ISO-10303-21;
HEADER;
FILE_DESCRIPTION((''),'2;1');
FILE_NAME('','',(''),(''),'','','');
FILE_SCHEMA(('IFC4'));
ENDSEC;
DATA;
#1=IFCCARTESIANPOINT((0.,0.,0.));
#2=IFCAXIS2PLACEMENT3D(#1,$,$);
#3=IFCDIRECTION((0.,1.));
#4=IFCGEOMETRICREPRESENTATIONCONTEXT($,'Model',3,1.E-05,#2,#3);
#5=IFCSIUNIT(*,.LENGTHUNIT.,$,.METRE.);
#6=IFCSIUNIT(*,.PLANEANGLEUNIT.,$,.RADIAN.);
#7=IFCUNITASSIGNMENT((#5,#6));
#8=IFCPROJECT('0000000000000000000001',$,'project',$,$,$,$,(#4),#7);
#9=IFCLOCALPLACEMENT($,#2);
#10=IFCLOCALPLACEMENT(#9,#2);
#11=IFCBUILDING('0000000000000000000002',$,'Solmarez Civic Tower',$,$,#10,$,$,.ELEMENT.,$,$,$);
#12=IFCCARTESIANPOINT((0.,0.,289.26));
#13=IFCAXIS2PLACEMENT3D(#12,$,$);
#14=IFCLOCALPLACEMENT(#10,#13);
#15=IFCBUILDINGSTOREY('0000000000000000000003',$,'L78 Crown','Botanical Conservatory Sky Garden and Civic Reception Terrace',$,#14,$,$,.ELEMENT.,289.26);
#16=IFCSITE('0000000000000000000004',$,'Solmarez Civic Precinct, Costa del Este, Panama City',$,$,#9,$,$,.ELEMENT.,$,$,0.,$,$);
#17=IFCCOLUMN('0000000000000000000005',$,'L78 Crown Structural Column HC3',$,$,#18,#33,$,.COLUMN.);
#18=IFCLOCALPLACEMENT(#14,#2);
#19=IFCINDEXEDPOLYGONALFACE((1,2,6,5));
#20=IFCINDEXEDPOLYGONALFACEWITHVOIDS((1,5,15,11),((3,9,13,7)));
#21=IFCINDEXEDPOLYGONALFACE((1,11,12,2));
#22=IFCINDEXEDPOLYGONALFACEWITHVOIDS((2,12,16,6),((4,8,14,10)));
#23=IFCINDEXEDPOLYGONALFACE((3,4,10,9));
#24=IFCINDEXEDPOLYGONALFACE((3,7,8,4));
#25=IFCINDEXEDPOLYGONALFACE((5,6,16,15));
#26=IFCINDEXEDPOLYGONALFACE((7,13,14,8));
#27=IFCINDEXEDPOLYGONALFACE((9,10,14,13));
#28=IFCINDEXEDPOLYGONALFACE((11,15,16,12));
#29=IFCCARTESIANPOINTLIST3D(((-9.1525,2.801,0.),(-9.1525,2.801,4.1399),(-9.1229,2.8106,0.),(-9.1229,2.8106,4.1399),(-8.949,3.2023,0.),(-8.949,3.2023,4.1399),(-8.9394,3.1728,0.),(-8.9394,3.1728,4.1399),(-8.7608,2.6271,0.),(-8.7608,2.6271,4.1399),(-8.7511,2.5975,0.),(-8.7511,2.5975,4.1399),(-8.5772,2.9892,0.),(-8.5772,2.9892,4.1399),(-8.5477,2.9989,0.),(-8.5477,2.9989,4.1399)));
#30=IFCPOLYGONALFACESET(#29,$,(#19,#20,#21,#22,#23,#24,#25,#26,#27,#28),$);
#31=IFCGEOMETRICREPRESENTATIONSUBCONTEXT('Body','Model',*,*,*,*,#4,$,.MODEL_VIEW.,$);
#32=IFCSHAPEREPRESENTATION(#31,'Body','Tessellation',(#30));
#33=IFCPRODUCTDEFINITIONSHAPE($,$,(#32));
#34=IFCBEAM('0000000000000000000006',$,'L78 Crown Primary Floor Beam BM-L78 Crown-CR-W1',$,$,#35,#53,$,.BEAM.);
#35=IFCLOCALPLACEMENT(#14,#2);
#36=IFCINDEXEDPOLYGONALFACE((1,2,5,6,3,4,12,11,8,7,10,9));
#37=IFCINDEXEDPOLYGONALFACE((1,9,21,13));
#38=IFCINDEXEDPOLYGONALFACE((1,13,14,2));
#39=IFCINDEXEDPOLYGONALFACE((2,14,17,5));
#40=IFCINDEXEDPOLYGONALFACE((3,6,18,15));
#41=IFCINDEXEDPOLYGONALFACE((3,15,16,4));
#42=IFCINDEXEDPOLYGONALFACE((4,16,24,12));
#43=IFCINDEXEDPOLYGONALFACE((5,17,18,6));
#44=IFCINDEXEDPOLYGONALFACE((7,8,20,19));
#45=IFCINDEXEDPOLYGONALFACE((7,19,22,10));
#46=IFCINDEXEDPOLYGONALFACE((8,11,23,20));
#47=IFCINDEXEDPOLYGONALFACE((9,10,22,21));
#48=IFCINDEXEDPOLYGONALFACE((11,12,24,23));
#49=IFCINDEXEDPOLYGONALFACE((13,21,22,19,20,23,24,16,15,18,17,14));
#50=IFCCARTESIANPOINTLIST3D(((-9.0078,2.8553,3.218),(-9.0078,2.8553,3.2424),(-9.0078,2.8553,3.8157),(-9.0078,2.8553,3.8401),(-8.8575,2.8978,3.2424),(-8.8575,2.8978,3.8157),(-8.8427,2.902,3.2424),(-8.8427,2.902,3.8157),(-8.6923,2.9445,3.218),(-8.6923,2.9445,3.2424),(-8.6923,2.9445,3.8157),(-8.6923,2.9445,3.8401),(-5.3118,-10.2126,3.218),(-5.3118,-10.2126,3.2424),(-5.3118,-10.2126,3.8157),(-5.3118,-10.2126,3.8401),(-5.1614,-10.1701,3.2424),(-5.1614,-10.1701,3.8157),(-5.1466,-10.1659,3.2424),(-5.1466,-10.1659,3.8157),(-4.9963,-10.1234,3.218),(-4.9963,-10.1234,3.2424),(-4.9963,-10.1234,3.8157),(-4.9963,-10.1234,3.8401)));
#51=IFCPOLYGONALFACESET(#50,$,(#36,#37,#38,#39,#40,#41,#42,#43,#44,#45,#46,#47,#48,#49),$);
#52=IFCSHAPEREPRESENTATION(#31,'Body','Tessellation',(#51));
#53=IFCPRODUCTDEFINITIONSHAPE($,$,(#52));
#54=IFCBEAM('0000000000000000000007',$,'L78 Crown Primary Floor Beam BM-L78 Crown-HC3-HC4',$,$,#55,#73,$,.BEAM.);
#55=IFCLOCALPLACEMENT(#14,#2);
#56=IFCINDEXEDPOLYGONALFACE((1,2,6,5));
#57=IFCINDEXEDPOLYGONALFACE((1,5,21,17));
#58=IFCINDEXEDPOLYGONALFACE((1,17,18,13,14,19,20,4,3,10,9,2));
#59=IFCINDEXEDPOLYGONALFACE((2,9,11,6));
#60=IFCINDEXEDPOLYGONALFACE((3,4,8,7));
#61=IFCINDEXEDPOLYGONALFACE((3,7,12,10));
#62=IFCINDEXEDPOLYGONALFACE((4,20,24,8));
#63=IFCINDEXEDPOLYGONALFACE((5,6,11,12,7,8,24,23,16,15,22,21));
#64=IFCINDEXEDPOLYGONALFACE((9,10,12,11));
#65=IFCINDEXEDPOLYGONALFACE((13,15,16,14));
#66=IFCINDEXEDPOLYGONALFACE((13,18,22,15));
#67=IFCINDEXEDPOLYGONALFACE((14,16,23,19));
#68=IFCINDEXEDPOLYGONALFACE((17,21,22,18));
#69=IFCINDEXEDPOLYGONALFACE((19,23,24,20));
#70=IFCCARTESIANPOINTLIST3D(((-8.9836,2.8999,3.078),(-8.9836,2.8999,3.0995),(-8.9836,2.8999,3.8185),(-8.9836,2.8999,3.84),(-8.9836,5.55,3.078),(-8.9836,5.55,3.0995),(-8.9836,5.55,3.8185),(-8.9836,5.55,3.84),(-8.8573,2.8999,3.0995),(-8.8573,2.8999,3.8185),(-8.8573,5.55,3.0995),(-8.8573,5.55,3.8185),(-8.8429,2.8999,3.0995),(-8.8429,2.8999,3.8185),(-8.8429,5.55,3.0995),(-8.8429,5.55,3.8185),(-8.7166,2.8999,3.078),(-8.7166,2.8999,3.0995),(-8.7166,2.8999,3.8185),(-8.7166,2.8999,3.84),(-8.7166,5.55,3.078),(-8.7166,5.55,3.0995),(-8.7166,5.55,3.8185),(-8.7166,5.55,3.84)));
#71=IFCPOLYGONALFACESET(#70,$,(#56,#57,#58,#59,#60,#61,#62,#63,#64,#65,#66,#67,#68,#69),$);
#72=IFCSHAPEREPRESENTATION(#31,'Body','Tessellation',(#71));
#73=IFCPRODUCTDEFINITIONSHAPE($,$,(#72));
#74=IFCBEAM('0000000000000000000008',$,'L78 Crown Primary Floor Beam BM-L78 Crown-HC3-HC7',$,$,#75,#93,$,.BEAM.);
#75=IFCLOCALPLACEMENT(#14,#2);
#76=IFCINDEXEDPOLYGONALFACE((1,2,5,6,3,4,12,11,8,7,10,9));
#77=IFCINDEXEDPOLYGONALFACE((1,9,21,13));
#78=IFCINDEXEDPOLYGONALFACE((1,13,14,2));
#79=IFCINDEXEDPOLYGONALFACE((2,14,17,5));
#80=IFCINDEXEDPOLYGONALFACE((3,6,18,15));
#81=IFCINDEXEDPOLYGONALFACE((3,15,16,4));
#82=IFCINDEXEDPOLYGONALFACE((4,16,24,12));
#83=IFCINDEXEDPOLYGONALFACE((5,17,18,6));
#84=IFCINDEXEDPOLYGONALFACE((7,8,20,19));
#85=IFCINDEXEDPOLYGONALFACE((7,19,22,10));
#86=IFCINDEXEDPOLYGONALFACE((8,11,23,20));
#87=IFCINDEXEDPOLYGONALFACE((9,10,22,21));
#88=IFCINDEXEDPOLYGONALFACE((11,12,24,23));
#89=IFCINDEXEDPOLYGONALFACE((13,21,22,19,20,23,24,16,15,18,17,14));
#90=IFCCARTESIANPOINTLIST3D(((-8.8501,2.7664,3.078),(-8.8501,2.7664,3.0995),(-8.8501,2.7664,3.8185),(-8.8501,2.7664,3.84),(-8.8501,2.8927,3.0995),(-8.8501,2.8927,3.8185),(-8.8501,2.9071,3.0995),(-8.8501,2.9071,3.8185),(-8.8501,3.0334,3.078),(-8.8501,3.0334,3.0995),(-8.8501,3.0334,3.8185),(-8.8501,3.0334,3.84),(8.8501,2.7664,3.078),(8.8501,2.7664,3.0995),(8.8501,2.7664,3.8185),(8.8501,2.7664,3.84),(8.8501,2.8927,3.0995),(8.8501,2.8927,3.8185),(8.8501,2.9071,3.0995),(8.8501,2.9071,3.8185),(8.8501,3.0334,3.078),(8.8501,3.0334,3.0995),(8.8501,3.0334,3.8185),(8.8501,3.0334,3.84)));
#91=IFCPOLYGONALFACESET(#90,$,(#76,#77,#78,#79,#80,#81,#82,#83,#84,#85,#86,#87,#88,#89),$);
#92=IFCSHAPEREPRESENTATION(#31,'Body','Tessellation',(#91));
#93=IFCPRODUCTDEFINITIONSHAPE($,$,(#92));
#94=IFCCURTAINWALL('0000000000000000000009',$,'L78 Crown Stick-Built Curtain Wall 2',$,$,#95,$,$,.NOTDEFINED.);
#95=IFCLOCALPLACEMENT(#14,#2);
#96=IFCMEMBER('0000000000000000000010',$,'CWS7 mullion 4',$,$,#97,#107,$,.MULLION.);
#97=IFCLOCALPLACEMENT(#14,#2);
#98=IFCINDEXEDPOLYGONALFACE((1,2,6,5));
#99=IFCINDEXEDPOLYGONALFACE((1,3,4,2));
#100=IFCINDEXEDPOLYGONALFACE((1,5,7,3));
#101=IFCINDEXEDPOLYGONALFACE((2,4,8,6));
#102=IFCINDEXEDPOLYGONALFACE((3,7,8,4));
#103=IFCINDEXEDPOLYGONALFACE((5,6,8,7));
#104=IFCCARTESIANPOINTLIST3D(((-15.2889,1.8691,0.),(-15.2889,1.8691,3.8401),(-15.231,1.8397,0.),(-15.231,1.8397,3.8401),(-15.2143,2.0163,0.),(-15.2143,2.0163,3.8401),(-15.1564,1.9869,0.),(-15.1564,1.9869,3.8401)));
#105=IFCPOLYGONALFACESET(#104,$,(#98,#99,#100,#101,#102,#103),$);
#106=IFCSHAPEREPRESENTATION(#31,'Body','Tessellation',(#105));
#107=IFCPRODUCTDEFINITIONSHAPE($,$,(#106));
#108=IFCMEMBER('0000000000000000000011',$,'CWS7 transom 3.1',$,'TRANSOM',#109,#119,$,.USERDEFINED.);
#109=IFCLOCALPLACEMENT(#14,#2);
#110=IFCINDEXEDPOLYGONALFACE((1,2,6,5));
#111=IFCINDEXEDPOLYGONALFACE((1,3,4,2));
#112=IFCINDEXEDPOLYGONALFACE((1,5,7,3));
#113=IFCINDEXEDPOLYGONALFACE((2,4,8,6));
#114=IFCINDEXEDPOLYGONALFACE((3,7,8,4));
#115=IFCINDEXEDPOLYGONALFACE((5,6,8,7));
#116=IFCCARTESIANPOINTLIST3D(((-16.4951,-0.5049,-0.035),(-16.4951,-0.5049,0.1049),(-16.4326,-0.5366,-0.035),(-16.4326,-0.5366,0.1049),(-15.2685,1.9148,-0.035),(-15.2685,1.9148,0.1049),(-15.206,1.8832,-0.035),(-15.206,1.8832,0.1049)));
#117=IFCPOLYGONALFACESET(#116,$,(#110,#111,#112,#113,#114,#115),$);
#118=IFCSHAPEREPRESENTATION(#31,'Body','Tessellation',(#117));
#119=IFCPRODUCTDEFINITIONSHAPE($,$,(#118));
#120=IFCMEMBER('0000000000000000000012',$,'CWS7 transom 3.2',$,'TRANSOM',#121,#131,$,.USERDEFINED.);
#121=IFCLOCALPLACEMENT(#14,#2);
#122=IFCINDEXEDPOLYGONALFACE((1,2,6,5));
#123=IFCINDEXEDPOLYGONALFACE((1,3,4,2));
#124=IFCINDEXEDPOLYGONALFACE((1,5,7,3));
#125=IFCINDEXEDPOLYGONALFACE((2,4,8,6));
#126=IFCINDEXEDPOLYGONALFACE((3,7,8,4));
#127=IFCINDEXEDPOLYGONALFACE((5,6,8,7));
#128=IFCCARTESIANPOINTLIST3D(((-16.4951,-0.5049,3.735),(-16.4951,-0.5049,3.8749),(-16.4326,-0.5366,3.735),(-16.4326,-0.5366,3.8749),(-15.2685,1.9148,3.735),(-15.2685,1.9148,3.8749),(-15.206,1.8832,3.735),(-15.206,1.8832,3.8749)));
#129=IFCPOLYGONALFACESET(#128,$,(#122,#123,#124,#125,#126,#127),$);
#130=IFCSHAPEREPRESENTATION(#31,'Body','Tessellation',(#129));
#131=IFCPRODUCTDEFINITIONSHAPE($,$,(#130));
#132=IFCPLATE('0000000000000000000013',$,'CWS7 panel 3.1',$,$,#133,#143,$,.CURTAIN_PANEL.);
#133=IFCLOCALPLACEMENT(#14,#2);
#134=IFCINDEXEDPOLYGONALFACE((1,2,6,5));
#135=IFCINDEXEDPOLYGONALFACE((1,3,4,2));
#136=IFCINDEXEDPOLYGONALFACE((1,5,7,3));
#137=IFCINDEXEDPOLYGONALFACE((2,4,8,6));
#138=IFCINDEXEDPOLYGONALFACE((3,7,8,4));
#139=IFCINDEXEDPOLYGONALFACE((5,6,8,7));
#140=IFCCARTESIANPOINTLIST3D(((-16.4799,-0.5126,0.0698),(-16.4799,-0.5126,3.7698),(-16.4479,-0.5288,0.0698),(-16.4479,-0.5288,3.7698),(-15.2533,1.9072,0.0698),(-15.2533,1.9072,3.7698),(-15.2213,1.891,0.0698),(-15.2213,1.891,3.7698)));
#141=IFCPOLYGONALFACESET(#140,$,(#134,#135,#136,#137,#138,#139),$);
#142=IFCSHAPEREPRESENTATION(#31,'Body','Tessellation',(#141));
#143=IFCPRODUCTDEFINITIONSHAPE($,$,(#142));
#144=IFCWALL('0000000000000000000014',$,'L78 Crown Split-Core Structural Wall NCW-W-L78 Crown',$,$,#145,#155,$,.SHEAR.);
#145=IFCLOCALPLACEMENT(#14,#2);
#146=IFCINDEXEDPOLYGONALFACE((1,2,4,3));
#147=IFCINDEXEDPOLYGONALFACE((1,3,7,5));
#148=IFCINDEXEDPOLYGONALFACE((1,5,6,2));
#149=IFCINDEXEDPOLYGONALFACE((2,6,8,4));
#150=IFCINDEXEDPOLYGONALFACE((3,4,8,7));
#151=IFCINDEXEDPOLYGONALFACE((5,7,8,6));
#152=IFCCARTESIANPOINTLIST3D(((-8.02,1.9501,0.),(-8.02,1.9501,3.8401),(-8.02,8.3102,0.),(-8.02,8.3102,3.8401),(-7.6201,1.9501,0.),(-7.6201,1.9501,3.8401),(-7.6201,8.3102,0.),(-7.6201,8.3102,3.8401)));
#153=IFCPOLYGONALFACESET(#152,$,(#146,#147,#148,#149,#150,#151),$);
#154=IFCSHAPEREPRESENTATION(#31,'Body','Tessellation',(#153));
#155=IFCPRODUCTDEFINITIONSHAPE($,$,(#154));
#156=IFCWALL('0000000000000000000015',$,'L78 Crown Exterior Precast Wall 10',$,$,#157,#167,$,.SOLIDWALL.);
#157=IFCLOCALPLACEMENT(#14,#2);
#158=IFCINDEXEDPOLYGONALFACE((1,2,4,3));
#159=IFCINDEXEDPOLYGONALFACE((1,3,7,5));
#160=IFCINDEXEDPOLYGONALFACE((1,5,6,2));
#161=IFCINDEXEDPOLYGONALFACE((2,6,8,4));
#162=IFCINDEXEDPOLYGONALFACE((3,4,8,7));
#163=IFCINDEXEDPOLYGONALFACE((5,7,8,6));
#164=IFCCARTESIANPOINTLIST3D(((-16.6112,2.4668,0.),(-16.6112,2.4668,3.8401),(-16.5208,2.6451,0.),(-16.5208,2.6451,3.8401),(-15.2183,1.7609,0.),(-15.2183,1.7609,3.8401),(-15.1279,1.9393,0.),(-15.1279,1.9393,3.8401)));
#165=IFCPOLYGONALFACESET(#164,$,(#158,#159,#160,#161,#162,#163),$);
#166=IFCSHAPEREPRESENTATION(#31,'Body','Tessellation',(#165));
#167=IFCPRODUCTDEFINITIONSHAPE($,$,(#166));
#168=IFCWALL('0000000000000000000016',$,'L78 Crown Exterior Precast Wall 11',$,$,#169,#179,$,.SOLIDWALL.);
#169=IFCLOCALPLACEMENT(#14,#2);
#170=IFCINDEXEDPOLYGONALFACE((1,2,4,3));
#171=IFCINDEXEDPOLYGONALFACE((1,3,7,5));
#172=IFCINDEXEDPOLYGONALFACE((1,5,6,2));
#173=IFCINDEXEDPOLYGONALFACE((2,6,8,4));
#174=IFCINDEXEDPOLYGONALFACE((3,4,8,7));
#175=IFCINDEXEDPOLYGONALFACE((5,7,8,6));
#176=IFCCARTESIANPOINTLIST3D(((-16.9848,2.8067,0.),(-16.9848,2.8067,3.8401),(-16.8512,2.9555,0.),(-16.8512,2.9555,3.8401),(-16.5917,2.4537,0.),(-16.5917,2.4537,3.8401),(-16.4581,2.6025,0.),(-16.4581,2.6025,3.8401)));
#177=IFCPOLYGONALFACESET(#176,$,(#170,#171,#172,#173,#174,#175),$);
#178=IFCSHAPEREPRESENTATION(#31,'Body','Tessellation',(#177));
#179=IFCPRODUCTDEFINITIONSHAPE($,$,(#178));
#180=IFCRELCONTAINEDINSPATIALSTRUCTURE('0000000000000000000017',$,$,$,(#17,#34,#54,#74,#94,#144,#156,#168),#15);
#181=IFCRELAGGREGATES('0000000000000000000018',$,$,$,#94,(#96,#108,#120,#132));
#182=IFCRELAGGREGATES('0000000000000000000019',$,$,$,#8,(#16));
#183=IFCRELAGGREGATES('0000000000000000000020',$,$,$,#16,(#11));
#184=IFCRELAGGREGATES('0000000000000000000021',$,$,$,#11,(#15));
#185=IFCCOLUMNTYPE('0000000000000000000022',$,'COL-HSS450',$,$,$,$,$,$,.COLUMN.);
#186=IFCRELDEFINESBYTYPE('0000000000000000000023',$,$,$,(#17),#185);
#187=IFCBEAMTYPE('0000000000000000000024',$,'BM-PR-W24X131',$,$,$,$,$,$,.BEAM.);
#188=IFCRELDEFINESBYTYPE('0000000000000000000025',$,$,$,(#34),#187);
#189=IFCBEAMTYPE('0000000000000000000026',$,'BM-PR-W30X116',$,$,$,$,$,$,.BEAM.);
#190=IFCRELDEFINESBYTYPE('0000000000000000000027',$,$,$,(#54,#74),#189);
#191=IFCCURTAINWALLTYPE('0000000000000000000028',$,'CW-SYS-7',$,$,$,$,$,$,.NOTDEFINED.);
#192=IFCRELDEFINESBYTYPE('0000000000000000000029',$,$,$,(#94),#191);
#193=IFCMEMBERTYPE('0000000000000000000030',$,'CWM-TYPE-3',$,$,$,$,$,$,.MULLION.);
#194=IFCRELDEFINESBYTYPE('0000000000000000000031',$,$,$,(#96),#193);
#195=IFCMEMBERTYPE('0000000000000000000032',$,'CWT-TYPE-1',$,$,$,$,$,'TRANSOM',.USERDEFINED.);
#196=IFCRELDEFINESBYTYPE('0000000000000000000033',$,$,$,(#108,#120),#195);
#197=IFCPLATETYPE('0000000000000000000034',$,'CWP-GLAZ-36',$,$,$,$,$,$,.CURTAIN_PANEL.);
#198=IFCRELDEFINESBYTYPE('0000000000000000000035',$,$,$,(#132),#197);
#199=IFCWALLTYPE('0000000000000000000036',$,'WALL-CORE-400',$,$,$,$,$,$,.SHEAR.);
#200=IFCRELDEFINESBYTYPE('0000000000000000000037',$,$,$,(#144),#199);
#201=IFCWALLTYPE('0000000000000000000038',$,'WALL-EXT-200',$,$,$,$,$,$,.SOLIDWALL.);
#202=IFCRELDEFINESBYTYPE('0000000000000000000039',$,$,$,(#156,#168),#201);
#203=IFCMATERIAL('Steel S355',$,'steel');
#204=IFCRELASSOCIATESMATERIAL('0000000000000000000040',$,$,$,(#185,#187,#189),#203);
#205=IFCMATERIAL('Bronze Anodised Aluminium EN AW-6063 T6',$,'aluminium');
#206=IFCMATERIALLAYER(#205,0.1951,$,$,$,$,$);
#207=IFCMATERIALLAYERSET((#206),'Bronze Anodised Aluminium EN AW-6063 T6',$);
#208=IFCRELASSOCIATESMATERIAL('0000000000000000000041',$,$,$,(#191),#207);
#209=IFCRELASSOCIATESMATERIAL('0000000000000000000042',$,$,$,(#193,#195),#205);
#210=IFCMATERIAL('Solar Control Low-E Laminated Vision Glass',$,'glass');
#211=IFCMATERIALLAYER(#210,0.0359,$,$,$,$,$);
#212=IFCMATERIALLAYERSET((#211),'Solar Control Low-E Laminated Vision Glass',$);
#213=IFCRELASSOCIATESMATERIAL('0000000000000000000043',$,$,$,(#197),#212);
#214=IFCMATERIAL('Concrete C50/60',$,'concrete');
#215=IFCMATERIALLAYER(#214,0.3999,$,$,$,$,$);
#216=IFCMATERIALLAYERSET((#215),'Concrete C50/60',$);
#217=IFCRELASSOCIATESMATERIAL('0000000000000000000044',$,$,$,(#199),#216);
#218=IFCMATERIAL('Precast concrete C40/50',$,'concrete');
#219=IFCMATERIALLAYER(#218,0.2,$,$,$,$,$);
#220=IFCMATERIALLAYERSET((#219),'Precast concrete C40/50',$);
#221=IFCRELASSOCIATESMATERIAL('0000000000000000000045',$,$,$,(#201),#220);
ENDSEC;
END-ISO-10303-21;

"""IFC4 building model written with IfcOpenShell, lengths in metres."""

from ifc_helpers import new_model, si_unit, direction, frame, frame_2d, origin, origin_2d, place, context, subcontext, project, spatial, rectangle, hollow_rectangle, i_section, extrude, material, layer, layer_set, material_profile, profile_set, type_object, element, aggregate, save


model = new_model("IFC4")

# Units and contexts
model_context = context("Model", 3, precision=1e-05, world=origin(), true_north=direction((0.0, 1.0)))
body_context = subcontext(model_context, "Body", "Model", "MODEL_VIEW")
ifc_project = project(units=[si_unit("LENGTHUNIT", "METRE"), si_unit("PLANEANGLEUNIT", "RADIAN")], contexts=[model_context])

# Site, building, storey
site_placement = place(None, origin())
site = spatial("IfcSite", under=ifc_project, at=site_placement, Name="Solmarez Civic Precinct, Costa del Este, Panama City", CompositionType="ELEMENT", RefElevation=0.0)
building_placement = place(site_placement, origin())
building = spatial("IfcBuilding", under=site, at=building_placement, Name="Solmarez Civic Tower", CompositionType="ELEMENT")
storey_placement = place(building_placement, frame((0.0, 0.0, 289.26)))
storey = spatial("IfcBuildingStorey", under=building, at=storey_placement, Name="L78 Crown", Description="Botanical Conservatory Sky Garden and Civic Reception Terrace", CompositionType="ELEMENT", Elevation=289.26)

# Column
ifc_material_1 = material(Name="Steel S355", Category="steel")
ifc_material_profile_1 = material_profile(ifc_material_1, hollow_rectangle(XDim=0.45, YDim=0.45, WallThickness=0.022, at=origin_2d()), Name="HSS450X450X22")
ifc_profile_set_1 = profile_set([ifc_material_profile_1], Name="Steel S355")
column_type = type_object("IfcColumnType", Name="COL-HSS450", PredefinedType="COLUMN", material=ifc_profile_set_1)
column_placement = place(storey_placement, frame((-8.8501, 2.8999, 0.0), z_axis=(0.0, 0.0, 1.0), x_axis=(0.452123, 0.891955, 0.0)))
element("IfcColumn", 1, at=column_placement, inside=storey, type_object=column_type, Name="L78 Crown Structural Column HC3", PredefinedType="COLUMN", context=body_context, shape_type="SweptSolid", body=[
    extrude(hollow_rectangle(XDim=0.45, YDim=0.45, WallThickness=0.022, at=origin_2d()), origin(), (0.0, 0.0, 1.0), 4.1399),
])

# Beams
ifc_material_profile_2 = material_profile(ifc_material_1, i_section(OverallWidth=0.3279, OverallDepth=0.6221, WebThickness=0.0154, FlangeThickness=0.0244, at=origin_2d()), Name="W24X131")
ifc_profile_set_2 = profile_set([ifc_material_profile_2], Name="Steel S355")
beam_type_1 = type_object("IfcBeamType", Name="BM-PR-W24X131", PredefinedType="BEAM", material=ifc_profile_set_2)
beam_1_placement = place(storey_placement, frame((-8.8501, 2.8999, 3.5291), z_axis=(0.272158, -0.962253, 0.0), x_axis=(0.962253, 0.272158, 0.0)))
element("IfcBeam", 2, at=beam_1_placement, inside=storey, type_object=beam_type_1, Name="L78 Crown Primary Floor Beam BM-L78 Crown-CR-W1", PredefinedType="BEAM", context=body_context, shape_type="SweptSolid", body=[
    extrude(i_section(OverallWidth=0.3279, OverallDepth=0.6221, WebThickness=0.0154, FlangeThickness=0.0244, at=origin_2d()), origin(), (0.0, 0.0, 1.0), 13.5806),
])
ifc_material_profile_3 = material_profile(ifc_material_1, i_section(OverallWidth=0.2671, OverallDepth=0.762, WebThickness=0.0144, FlangeThickness=0.0215, at=origin_2d()), Name="W30X116")
ifc_profile_set_3 = profile_set([ifc_material_profile_3], Name="Steel S355")
beam_type_2 = type_object("IfcBeamType", Name="BM-PR-W30X116", PredefinedType="BEAM", material=ifc_profile_set_3)
beam_2_placement = place(storey_placement, frame((-8.8501, 2.8999, 3.459), z_axis=(0.0, 1.0, 0.0), x_axis=(-1.0, 0.0, 0.0)))
element("IfcBeam", 3, at=beam_2_placement, inside=storey, type_object=beam_type_2, Name="L78 Crown Primary Floor Beam BM-L78 Crown-HC3-HC4", PredefinedType="BEAM", context=body_context, shape_type="SweptSolid", body=[
    extrude(i_section(OverallWidth=0.2671, OverallDepth=0.762, WebThickness=0.0144, FlangeThickness=0.0215, at=origin_2d()), origin(), (0.0, 0.0, 1.0), 2.6501),
])
beam_3_placement = place(storey_placement, frame((-8.8501, 2.8999, 3.459), z_axis=(1.0, 0.0, 0.0), x_axis=(0.0, 1.0, 0.0)))
element("IfcBeam", 4, at=beam_3_placement, inside=storey, type_object=beam_type_2, Name="L78 Crown Primary Floor Beam BM-L78 Crown-HC3-HC7", PredefinedType="BEAM", context=body_context, shape_type="SweptSolid", body=[
    extrude(i_section(OverallWidth=0.2671, OverallDepth=0.762, WebThickness=0.0144, FlangeThickness=0.0215, at=origin_2d()), origin(), (0.0, 0.0, 1.0), 17.7002),
])

# Curtain wall, members, plate
ifc_material_2 = material(Name="Bronze Anodised Aluminium EN AW-6063 T6", Category="aluminium")
ifc_layer_1 = layer(ifc_material_2, 0.1951)
ifc_layer_set_1 = layer_set([ifc_layer_1], Name="Bronze Anodised Aluminium EN AW-6063 T6")
curtain_wall_type = type_object("IfcCurtainWallType", Name="CW-SYS-7", PredefinedType="NOTDEFINED", material=ifc_layer_set_1)
curtain_wall_placement = place(storey_placement, origin())
curtain_wall = element("IfcCurtainWall", 5, at=curtain_wall_placement, inside=storey, type_object=curtain_wall_type, Name="L78 Crown Stick-Built Curtain Wall 2", PredefinedType="NOTDEFINED")
ifc_material_profile_4 = material_profile(ifc_material_2, rectangle(XDim=0.0649, YDim=0.165, at=origin_2d()), Name="CWM-65X165")
ifc_profile_set_4 = profile_set([ifc_material_profile_4], Name="Bronze Anodised Aluminium EN AW-6063 T6")
member_type_1 = type_object("IfcMemberType", Name="CWM-TYPE-3", PredefinedType="MULLION", material=ifc_profile_set_4)
member_1_placement = place(storey_placement, frame((-15.2227, 1.928, 0.0), z_axis=(0.0, 0.0, 1.0), x_axis=(-0.891946, 0.452141, 0.0)))
member_1 = element("IfcMember", 6, at=member_1_placement, type_object=member_type_1, Name="CWS7 mullion 4", PredefinedType="MULLION", context=body_context, shape_type="SweptSolid", body=[
    extrude(rectangle(XDim=0.0649, YDim=0.165, at=origin_2d()), origin(), (0.0, 0.0, 1.0), 3.8401),
])
ifc_material_profile_5 = material_profile(ifc_material_2, rectangle(XDim=0.0701, YDim=0.1399, at=origin_2d()), Name="CWT-70X140")
ifc_profile_set_5 = profile_set([ifc_material_profile_5], Name="Bronze Anodised Aluminium EN AW-6063 T6")
member_type_2 = type_object("IfcMemberType", Name="CWT-TYPE-1", ElementType="TRANSOM", PredefinedType="USERDEFINED", material=ifc_profile_set_5)
member_2_placement = place(storey_placement, frame((-16.4639, -0.5208, 0.0349), z_axis=(0.452139, 0.891948, 0.0), x_axis=(-0.891948, 0.452139, 0.0)))
member_2 = element("IfcMember", 7, at=member_2_placement, type_object=member_type_2, Name="CWS7 transom 3.1", ObjectType="TRANSOM", PredefinedType="USERDEFINED", context=body_context, shape_type="SweptSolid", body=[
    extrude(rectangle(XDim=0.0701, YDim=0.1399, at=origin_2d()), origin(), (0.0, 0.0, 1.0), 2.7129),
])
member_3_placement = place(storey_placement, frame((-16.4639, -0.5208, 3.8049), z_axis=(0.452139, 0.891948, 0.0), x_axis=(-0.891948, 0.452139, 0.0)))
member_3 = element("IfcMember", 8, at=member_3_placement, type_object=member_type_2, Name="CWS7 transom 3.2", ObjectType="TRANSOM", PredefinedType="USERDEFINED", context=body_context, shape_type="SweptSolid", body=[
    extrude(rectangle(XDim=0.0701, YDim=0.1399, at=origin_2d()), origin(), (0.0, 0.0, 1.0), 2.7129),
])
ifc_material_3 = material(Name="Solar Control Low-E Laminated Vision Glass", Category="glass")
ifc_layer_2 = layer(ifc_material_3, 0.0359)
ifc_layer_set_2 = layer_set([ifc_layer_2], Name="Solar Control Low-E Laminated Vision Glass")
plate_type = type_object("IfcPlateType", Name="CWP-GLAZ-36", PredefinedType="CURTAIN_PANEL", material=ifc_layer_set_2)
plate_placement = place(storey_placement, frame((-15.8506, 0.6892, 0.0698), z_axis=(0.0, 0.0, 1.0), x_axis=(0.452141, 0.891946, 0.0)))
plate = element("IfcPlate", 9, at=plate_placement, type_object=plate_type, Name="CWS7 panel 3.1", PredefinedType="CURTAIN_PANEL", context=body_context, shape_type="SweptSolid", body=[
    extrude(rectangle(XDim=2.7129, YDim=0.0359, at=origin_2d()), origin(), (0.0, 0.0, 1.0), 3.7),
])
aggregate(curtain_wall, [member_1, member_2, member_3, plate])

# Walls
ifc_material_4 = material(Name="Concrete C50/60", Category="concrete")
ifc_layer_3 = layer(ifc_material_4, 0.3999)
ifc_layer_set_3 = layer_set([ifc_layer_3], Name="Concrete C50/60")
wall_type_1 = type_object("IfcWallType", Name="WALL-CORE-400", PredefinedType="SHEAR", material=ifc_layer_set_3)
wall_1_placement = place(storey_placement, frame((-7.8201, 1.95, 0.0), z_axis=(0.0, 0.0, 1.0), x_axis=(0.0, 1.0, 0.0)))
element("IfcWall", 10, at=wall_1_placement, inside=storey, type_object=wall_type_1, Name="L78 Crown Split-Core Structural Wall NCW-W-L78 Crown", PredefinedType="SHEAR", context=body_context, shape_type="SweptSolid", body=[
    extrude(rectangle(XDim=6.3601, YDim=0.3999, at=frame_2d((3.1802, 0.0))), origin(), (0.0, 0.0, 1.0), 3.8401),
])
ifc_material_5 = material(Name="Precast concrete C40/50", Category="concrete")
ifc_layer_4 = layer(ifc_material_5, 0.2)
ifc_layer_set_4 = layer_set([ifc_layer_4], Name="Precast concrete C40/50")
wall_type_2 = type_object("IfcWallType", Name="WALL-EXT-200", PredefinedType="SOLIDWALL", material=ifc_layer_set_4)
wall_2_placement = place(storey_placement, frame((-15.1731, 1.8501, 0.0), z_axis=(0.0, 0.0, 1.0), x_axis=(-0.892006, 0.452023, 0.0)))
element("IfcWall", 11, at=wall_2_placement, inside=storey, type_object=wall_type_2, Name="L78 Crown Exterior Precast Wall 10", PredefinedType="SOLIDWALL", context=body_context, shape_type="SweptSolid", body=[
    extrude(rectangle(XDim=1.5615, YDim=0.2, at=frame_2d((0.7808, 0.0))), origin(), (0.0, 0.0, 1.0), 3.8401),
])
wall_3_placement = place(storey_placement, frame((-16.5249, 2.5281, 0.0), z_axis=(0.0, 0.0, 1.0), x_axis=(-0.743983, 0.668198, 0.0)))
element("IfcWall", 12, at=wall_3_placement, inside=storey, type_object=wall_type_2, Name="L78 Crown Exterior Precast Wall 11", PredefinedType="SOLIDWALL", context=body_context, shape_type="SweptSolid", body=[
    extrude(rectangle(XDim=0.5283, YDim=0.2, at=frame_2d((0.2642, 0.0))), origin(), (0.0, 0.0, 1.0), 3.8401),
])

save(model, "model.ifc")
